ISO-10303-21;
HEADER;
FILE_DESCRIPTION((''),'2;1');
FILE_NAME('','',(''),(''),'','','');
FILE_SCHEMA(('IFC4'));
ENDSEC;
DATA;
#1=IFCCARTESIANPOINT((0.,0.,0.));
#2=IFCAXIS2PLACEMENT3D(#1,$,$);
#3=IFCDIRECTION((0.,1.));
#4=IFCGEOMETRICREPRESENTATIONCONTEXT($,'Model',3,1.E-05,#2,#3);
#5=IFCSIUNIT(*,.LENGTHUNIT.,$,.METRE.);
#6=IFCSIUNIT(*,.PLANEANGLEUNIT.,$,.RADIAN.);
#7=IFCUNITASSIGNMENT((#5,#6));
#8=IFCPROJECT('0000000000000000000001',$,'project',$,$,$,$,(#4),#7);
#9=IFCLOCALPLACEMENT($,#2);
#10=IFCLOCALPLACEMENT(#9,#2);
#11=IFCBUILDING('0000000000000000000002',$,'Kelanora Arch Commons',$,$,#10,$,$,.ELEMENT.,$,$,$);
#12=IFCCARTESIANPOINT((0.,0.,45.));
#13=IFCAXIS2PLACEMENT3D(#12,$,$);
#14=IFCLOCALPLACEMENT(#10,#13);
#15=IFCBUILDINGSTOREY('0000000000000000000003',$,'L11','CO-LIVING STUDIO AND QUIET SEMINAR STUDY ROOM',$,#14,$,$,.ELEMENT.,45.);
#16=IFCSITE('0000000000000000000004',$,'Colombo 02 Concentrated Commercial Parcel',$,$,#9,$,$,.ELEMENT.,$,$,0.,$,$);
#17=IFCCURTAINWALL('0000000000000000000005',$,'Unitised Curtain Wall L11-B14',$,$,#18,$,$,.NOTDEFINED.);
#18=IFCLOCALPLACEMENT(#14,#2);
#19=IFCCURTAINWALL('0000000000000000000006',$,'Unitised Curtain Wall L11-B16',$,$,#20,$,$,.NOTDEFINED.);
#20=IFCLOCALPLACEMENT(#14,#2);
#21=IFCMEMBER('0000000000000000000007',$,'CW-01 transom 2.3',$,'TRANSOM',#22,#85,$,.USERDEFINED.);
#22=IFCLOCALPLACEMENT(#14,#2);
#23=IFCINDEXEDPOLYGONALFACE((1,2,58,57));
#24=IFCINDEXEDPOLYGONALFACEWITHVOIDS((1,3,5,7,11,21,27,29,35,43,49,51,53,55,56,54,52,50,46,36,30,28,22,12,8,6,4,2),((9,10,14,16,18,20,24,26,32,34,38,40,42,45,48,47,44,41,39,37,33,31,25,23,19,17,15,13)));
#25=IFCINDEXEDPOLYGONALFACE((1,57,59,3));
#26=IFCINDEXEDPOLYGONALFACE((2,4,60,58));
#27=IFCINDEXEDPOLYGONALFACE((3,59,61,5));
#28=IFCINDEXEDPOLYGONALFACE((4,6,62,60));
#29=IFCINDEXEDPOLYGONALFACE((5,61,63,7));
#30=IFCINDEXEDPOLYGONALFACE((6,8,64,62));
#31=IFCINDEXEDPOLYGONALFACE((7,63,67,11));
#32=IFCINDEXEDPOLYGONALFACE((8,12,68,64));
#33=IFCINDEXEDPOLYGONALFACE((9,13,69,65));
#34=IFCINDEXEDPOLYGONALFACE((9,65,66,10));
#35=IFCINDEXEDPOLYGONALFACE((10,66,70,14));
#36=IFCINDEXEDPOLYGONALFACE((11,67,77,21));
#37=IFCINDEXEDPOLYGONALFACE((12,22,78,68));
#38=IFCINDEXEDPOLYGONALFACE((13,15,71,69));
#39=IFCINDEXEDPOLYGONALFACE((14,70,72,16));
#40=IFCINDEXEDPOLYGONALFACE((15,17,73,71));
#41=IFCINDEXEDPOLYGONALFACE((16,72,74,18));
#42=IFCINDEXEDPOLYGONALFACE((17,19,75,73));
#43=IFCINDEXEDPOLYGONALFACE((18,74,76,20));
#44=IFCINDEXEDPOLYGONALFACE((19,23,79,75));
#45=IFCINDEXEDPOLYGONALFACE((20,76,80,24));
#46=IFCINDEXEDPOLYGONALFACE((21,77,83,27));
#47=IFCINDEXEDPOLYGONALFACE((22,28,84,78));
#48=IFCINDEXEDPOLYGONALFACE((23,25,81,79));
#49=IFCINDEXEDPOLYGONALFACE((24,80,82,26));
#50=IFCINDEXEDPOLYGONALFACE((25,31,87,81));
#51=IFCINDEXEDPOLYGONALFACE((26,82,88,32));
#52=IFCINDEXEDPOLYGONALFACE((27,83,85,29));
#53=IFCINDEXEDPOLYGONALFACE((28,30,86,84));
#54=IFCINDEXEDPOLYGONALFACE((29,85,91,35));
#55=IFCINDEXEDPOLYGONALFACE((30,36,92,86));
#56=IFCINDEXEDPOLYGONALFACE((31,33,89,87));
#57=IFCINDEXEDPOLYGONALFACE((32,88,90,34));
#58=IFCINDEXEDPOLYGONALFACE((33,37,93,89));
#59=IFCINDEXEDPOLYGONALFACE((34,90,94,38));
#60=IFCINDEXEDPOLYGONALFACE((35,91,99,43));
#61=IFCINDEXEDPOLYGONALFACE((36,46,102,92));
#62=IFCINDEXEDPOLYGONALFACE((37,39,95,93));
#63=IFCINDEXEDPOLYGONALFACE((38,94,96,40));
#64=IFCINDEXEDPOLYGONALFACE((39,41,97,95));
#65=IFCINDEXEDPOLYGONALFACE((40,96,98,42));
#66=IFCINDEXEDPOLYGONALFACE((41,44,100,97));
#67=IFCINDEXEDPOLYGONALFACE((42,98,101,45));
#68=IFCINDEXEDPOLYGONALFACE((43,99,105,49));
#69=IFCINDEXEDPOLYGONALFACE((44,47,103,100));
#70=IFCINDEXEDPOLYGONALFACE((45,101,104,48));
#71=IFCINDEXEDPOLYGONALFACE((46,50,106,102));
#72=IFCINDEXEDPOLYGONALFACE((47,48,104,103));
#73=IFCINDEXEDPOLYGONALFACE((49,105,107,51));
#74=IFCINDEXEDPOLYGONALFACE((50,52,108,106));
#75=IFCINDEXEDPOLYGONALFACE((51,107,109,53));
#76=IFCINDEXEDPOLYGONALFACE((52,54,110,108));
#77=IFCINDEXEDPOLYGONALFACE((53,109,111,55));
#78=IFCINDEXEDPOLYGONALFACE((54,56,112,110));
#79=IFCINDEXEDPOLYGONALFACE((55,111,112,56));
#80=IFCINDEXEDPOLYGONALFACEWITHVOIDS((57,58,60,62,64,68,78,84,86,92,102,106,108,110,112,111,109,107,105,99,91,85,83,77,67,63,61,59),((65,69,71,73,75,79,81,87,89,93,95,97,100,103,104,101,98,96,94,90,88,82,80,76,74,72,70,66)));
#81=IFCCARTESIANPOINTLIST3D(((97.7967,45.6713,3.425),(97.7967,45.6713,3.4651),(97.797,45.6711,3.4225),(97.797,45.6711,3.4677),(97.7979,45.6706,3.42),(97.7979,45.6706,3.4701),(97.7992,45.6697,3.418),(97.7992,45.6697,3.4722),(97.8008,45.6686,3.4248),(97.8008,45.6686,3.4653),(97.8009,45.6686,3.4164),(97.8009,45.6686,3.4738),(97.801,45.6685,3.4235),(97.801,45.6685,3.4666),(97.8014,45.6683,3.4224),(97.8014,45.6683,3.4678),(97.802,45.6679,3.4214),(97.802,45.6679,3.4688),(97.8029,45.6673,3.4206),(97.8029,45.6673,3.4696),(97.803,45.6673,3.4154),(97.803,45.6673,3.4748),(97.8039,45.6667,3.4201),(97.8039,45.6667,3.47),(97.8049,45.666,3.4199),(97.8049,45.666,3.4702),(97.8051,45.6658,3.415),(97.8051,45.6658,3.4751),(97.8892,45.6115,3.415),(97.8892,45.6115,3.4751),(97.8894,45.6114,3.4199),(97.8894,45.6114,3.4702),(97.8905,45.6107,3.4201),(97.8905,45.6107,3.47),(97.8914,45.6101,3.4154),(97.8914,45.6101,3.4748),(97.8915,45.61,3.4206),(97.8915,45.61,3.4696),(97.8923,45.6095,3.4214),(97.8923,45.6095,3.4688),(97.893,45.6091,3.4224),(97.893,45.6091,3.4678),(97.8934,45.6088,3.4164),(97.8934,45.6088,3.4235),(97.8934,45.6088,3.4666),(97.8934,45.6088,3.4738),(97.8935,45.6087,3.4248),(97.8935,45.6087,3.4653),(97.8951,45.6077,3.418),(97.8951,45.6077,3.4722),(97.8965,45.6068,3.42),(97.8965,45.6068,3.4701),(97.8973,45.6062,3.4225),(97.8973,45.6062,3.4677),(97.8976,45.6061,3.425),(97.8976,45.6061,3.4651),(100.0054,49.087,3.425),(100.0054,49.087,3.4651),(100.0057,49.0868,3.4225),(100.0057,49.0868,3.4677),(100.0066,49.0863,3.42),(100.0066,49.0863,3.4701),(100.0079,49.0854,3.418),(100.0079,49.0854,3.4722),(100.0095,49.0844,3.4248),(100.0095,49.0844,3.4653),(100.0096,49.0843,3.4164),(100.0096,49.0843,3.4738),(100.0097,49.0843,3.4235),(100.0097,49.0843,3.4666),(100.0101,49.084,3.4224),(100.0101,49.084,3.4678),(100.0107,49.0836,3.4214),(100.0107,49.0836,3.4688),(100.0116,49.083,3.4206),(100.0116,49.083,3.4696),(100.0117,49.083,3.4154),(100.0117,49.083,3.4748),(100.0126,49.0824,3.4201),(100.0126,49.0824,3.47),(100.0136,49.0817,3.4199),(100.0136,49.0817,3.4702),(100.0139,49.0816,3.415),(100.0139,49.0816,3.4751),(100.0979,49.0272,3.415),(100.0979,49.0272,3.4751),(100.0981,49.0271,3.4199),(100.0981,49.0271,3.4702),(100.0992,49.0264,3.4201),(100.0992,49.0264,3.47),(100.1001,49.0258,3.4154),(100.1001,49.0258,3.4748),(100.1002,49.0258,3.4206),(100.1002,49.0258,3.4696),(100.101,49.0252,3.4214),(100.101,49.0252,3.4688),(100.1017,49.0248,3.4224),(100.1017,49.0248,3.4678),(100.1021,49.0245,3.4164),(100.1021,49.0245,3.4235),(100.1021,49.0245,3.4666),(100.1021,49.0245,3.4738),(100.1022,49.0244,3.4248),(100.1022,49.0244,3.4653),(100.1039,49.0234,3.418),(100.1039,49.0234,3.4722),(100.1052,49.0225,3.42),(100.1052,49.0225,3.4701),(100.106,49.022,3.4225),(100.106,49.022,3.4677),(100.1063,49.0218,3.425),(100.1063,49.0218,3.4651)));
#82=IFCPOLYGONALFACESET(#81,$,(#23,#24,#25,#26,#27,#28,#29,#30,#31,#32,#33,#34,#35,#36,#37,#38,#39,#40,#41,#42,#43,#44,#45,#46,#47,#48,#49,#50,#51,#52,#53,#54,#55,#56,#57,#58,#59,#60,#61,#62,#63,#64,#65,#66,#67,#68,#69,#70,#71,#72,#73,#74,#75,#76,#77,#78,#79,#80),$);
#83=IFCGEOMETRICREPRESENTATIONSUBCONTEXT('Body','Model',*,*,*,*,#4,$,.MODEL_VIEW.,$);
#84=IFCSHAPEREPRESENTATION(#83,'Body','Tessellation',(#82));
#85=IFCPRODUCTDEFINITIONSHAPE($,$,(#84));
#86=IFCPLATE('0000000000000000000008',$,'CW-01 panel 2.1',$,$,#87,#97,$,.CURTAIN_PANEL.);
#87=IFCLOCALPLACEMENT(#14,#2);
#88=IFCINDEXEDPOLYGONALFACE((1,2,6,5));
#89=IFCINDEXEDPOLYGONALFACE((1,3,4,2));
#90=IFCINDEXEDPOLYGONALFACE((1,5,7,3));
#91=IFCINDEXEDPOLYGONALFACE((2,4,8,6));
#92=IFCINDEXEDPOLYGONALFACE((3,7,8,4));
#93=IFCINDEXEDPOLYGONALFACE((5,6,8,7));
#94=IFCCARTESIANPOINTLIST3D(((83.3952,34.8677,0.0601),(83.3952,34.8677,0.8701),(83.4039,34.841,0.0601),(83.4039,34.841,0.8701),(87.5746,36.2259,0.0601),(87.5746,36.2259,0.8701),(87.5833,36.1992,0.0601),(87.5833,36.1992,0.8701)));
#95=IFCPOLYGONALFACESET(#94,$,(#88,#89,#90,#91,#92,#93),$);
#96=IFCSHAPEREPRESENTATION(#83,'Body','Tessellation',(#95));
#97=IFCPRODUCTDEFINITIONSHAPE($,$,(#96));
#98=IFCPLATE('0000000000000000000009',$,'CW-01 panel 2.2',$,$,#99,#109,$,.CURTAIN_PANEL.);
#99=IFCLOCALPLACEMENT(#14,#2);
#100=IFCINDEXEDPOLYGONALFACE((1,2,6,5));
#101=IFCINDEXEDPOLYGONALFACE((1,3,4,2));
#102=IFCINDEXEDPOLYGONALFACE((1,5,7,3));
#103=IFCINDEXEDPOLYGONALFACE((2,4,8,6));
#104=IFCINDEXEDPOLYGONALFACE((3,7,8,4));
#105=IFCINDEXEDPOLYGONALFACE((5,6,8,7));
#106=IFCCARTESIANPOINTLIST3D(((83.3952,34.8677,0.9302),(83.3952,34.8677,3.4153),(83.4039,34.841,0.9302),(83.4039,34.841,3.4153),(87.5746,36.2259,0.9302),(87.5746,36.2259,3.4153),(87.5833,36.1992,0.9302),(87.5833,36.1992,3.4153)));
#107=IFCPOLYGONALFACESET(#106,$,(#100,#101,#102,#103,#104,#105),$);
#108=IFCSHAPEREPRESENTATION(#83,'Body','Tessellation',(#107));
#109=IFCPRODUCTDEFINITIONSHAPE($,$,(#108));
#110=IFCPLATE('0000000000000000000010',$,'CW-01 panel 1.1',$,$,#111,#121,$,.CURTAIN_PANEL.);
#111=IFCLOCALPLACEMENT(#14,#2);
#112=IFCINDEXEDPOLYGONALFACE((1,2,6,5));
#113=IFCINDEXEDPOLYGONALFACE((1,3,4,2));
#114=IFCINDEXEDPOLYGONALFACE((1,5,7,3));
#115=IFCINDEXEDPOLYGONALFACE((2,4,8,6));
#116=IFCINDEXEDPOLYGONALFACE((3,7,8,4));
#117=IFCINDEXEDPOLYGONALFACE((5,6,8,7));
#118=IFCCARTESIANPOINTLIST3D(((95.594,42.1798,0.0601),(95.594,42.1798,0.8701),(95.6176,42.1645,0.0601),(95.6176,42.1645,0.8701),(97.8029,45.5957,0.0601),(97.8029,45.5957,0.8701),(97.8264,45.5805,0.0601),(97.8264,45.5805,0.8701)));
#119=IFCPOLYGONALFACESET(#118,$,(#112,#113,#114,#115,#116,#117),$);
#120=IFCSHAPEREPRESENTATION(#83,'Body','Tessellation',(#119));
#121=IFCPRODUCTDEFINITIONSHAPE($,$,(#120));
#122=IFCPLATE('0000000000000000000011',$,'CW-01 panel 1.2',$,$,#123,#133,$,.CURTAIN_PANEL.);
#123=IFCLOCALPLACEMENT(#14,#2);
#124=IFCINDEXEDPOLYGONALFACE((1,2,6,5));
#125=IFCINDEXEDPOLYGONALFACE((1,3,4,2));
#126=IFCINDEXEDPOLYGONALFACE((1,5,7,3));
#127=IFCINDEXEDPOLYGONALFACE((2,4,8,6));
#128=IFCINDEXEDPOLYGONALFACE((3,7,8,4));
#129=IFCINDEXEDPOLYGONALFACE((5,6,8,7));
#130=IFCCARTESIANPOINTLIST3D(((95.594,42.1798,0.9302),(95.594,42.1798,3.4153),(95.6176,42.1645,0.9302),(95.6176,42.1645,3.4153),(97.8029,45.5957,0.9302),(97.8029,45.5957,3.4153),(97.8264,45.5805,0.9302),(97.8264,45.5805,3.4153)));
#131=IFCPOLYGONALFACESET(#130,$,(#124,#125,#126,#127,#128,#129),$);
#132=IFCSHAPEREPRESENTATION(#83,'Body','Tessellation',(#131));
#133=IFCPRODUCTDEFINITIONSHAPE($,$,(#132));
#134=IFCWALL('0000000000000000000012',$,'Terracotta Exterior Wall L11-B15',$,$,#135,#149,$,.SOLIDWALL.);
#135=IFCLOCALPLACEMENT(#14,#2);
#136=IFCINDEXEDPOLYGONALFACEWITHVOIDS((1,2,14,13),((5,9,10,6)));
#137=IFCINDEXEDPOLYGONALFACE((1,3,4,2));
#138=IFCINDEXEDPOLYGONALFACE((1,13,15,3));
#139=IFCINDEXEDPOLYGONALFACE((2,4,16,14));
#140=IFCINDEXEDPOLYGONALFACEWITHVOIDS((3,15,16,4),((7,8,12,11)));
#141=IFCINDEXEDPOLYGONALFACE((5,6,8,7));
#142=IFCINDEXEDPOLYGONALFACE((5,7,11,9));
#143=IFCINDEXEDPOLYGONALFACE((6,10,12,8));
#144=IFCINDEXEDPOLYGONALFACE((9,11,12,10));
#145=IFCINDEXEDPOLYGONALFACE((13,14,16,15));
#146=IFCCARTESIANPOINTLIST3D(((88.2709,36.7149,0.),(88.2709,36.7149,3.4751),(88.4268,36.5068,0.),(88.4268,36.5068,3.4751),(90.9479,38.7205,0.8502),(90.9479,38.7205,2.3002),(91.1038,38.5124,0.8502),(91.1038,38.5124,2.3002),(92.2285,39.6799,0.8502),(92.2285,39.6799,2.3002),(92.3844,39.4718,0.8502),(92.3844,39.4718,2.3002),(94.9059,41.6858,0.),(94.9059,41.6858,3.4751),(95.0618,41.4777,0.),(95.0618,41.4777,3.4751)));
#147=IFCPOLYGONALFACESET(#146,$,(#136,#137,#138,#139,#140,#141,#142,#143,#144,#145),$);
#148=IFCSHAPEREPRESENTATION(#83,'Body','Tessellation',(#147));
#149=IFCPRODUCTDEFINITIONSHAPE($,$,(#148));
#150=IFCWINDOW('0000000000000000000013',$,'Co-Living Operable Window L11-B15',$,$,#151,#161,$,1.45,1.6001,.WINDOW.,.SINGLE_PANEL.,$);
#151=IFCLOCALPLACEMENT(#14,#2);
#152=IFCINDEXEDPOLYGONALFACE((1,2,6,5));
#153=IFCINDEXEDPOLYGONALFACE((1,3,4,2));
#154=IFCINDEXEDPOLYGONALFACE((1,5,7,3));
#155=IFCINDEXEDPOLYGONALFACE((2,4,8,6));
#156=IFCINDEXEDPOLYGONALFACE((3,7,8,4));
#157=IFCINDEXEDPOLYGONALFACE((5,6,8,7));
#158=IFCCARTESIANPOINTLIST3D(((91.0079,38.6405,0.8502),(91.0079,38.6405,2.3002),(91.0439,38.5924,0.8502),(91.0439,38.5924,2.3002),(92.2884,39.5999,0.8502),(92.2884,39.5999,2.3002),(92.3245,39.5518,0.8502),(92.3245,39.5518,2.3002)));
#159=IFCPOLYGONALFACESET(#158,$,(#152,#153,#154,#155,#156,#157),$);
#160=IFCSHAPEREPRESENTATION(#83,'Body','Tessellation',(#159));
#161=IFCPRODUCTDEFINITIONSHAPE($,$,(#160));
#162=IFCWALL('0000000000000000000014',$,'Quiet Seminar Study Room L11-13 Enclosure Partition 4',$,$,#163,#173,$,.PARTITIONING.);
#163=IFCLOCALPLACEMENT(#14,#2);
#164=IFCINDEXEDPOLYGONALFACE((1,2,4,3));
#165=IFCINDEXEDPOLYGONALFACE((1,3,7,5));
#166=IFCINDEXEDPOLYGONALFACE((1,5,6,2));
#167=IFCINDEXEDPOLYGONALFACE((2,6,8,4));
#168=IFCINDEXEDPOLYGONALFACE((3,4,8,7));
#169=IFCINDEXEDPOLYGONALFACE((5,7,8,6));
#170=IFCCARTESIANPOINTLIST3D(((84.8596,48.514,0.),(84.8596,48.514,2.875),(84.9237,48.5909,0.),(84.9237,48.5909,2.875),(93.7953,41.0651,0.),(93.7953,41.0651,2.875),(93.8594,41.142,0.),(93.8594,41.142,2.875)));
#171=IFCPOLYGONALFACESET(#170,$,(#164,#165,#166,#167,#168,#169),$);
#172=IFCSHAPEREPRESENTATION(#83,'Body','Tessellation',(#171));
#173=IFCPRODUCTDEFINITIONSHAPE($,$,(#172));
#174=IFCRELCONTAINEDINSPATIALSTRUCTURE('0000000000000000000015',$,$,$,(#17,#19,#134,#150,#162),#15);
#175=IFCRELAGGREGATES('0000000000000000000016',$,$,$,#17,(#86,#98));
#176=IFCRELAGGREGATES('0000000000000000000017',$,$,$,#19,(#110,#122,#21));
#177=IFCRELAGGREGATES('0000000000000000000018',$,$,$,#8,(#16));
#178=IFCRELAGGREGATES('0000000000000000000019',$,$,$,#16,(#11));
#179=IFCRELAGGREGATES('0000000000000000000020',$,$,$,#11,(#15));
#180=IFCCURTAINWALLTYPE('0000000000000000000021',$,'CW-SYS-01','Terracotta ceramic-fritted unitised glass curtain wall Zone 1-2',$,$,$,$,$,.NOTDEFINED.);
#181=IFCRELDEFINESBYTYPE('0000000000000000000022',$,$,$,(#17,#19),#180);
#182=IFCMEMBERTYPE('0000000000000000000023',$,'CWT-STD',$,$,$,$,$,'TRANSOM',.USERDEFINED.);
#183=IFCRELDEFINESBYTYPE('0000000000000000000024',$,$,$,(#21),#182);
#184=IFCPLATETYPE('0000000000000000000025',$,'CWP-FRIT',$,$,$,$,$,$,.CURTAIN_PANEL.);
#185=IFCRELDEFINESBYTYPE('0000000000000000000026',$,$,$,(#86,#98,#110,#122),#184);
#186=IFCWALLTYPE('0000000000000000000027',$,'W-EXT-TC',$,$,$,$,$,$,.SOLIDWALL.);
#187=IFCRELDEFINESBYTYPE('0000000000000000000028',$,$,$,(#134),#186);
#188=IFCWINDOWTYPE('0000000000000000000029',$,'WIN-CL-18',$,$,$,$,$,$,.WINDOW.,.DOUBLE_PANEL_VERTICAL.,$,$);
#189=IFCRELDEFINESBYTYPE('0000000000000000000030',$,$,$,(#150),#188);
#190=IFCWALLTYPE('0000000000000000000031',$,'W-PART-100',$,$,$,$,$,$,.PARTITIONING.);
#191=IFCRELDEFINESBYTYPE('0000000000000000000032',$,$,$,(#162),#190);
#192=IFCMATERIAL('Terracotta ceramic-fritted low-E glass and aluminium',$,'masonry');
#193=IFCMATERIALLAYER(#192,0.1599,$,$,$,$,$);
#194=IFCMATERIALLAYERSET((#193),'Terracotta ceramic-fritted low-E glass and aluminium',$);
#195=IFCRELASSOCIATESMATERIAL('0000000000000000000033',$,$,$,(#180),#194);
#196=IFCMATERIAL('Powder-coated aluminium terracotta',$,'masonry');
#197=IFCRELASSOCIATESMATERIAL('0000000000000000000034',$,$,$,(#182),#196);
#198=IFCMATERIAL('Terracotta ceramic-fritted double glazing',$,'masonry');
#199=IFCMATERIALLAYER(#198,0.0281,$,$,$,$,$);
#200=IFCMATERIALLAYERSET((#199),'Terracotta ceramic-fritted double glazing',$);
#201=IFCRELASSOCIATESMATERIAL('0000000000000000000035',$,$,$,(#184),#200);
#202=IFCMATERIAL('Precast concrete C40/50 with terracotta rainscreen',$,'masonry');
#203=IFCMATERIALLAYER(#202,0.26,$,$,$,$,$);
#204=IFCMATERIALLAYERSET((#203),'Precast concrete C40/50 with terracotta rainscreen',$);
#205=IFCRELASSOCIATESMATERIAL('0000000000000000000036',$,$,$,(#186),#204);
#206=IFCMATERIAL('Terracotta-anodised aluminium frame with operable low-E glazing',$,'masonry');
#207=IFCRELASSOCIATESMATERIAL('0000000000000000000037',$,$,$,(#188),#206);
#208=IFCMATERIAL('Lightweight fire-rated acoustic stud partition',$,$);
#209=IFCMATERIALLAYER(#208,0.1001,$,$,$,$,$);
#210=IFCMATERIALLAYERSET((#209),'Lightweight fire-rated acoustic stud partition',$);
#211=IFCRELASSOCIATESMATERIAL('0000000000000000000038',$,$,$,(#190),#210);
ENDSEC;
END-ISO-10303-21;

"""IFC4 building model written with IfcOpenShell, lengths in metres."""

from ifc_helpers import new_model, si_unit, direction, frame, frame_2d, origin, origin_2d, place, context, subcontext, project, spatial, rectangle, hollow_rectangle, extrude, source, transform, mapped, material, layer, layer_set, material_profile, profile_set, type_object, element, fill, aggregate, save


model = new_model("IFC4")

# Units and contexts
model_context = context("Model", 3, precision=1e-05, world=origin(), true_north=direction((0.0, 1.0)))
body_context = subcontext(model_context, "Body", "Model", "MODEL_VIEW")
ifc_project = project(units=[si_unit("LENGTHUNIT", "METRE"), si_unit("PLANEANGLEUNIT", "RADIAN")], contexts=[model_context])

# Site, building, storey
site_placement = place(None, origin())
site = spatial("IfcSite", under=ifc_project, at=site_placement, Name="Colombo 02 Concentrated Commercial Parcel", CompositionType="ELEMENT", RefElevation=0.0)
building_placement = place(site_placement, origin())
building = spatial("IfcBuilding", under=site, at=building_placement, Name="Kelanora Arch Commons", CompositionType="ELEMENT")
storey_placement = place(building_placement, frame((0.0, 0.0, 45.0)))
storey = spatial("IfcBuildingStorey", under=building, at=storey_placement, Name="L11", Description="CO-LIVING STUDIO AND QUIET SEMINAR STUDY ROOM", CompositionType="ELEMENT", Elevation=45.0)

# Curtain wall
ifc_material_1 = material(Name="Terracotta ceramic-fritted low-E glass and aluminium", Category="masonry")
ifc_layer_1 = layer(ifc_material_1, 0.1599)
ifc_layer_set_1 = layer_set([ifc_layer_1], Name="Terracotta ceramic-fritted low-E glass and aluminium")
curtain_wall_type = type_object("IfcCurtainWallType", Name="CW-SYS-01", Description="Terracotta ceramic-fritted unitised glass curtain wall Zone 1-2", PredefinedType="NOTDEFINED", material=ifc_layer_set_1)
curtain_wall_1_placement = place(storey_placement, origin())
curtain_wall_1 = element("IfcCurtainWall", 1, at=curtain_wall_1_placement, inside=storey, type_object=curtain_wall_type, Name="Unitised Curtain Wall L11-B14", PredefinedType="NOTDEFINED")
ifc_material_2 = material(Name="Powder-coated aluminium terracotta", Category="masonry")

# Curtain wall, member
curtain_wall_2_placement = place(storey_placement, origin())
curtain_wall_2 = element("IfcCurtainWall", 2, at=curtain_wall_2_placement, inside=storey, type_object=curtain_wall_type, Name="Unitised Curtain Wall L11-B16", PredefinedType="NOTDEFINED")
ifc_material_profile_1 = material_profile(ifc_material_2, hollow_rectangle(XDim=0.1201, YDim=0.0601, WallThickness=0.0049, InnerFilletRadius=0.0049, OuterFilletRadius=0.01, at=origin_2d()), Name="CWT120x60")
ifc_profile_set_1 = profile_set([ifc_material_profile_1], Name="Powder-coated aluminium terracotta")
member_type_1 = type_object("IfcMemberType", Name="CWT-STD", ElementType="TRANSOM", PredefinedType="USERDEFINED", material=ifc_profile_set_1)
member_1_placement = place(storey_placement, frame((97.8472, 45.6387, 3.4451), z_axis=(0.542997, 0.839734, 0.0), x_axis=(-0.839734, 0.542997, 0.0)))
member_1 = element("IfcMember", 3, at=member_1_placement, type_object=member_type_1, Name="CW-01 transom 2.3", ObjectType="TRANSOM", PredefinedType="USERDEFINED", context=body_context, shape_type="SweptSolid", body=[
    extrude(hollow_rectangle(XDim=0.1201, YDim=0.0601, WallThickness=0.0049, InnerFilletRadius=0.0049, OuterFilletRadius=0.01, at=origin_2d()), origin(), (0.0, 0.0, 1.0), 4.0676),
])

# Plates
ifc_material_3 = material(Name="Terracotta ceramic-fritted double glazing", Category="masonry")
ifc_layer_2 = layer(ifc_material_3, 0.0281)
ifc_layer_set_2 = layer_set([ifc_layer_2], Name="Terracotta ceramic-fritted double glazing")
plate_type = type_object("IfcPlateType", Name="CWP-FRIT", PredefinedType="CURTAIN_PANEL", material=ifc_layer_set_2)
shared_shape_1 = source(origin(), body_context, "Body", "SweptSolid", [
    extrude(rectangle(XDim=4.3945, YDim=0.0281, at=origin_2d()), origin(), (0.0, 0.0, 1.0), 0.8101),
])
plate_1_placement = place(storey_placement, frame((85.4893, 35.5334, 0.0601), z_axis=(0.0, 0.0, 1.0), x_axis=(0.951043, 0.309058, 0.0)))
plate_1 = element("IfcPlate", 4, at=plate_1_placement, type_object=plate_type, Name="CW-01 panel 2.1", PredefinedType="CURTAIN_PANEL", context=body_context, shape_type="MappedRepresentation", body=[
    mapped(shared_shape_1, transform((0.0, 0.0, 0.0), scale=1.0)),
])
shared_shape_2 = source(origin(), body_context, "Body", "SweptSolid", [
    extrude(rectangle(XDim=4.3945, YDim=0.0281, at=origin_2d()), origin(), (0.0, 0.0, 1.0), 2.4851),
])
plate_2_placement = place(storey_placement, frame((85.4893, 35.5334, 0.9302), z_axis=(0.0, 0.0, 1.0), x_axis=(0.951043, 0.309058, 0.0)))
plate_2 = element("IfcPlate", 5, at=plate_2_placement, type_object=plate_type, Name="CW-01 panel 2.2", PredefinedType="CURTAIN_PANEL", context=body_context, shape_type="MappedRepresentation", body=[
    mapped(shared_shape_2, transform((0.0, 0.0, 0.0), scale=1.0)),
])
aggregate(curtain_wall_1, [plate_1, plate_2])
shared_shape_3 = source(origin(), body_context, "Body", "SweptSolid", [
    extrude(rectangle(XDim=4.0679, YDim=0.0281, at=origin_2d()), origin(), (0.0, 0.0, 1.0), 0.8101),
])
plate_3_placement = place(storey_placement, frame((96.7102, 43.8801, 0.0601), z_axis=(0.0, 0.0, 1.0), x_axis=(0.543004, 0.83973, 0.0)))
plate_3 = element("IfcPlate", 6, at=plate_3_placement, type_object=plate_type, Name="CW-01 panel 1.1", PredefinedType="CURTAIN_PANEL", context=body_context, shape_type="MappedRepresentation", body=[
    mapped(shared_shape_3, transform((0.0, 0.0, 0.0), scale=1.0)),
])
shared_shape_4 = source(origin(), body_context, "Body", "SweptSolid", [
    extrude(rectangle(XDim=4.0679, YDim=0.0281, at=origin_2d()), origin(), (0.0, 0.0, 1.0), 2.4851),
])
plate_4_placement = place(storey_placement, frame((96.7102, 43.8801, 0.9302), z_axis=(0.0, 0.0, 1.0), x_axis=(0.543004, 0.83973, 0.0)))
plate_4 = element("IfcPlate", 7, at=plate_4_placement, type_object=plate_type, Name="CW-01 panel 1.2", PredefinedType="CURTAIN_PANEL", context=body_context, shape_type="MappedRepresentation", body=[
    mapped(shared_shape_4, transform((0.0, 0.0, 0.0), scale=1.0)),
])
aggregate(curtain_wall_2, [plate_3, plate_4, member_1])

# Wall, opening, window
ifc_material_4 = material(Name="Precast concrete C40/50 with terracotta rainscreen", Category="masonry")
ifc_layer_3 = layer(ifc_material_4, 0.26)
ifc_layer_set_3 = layer_set([ifc_layer_3], Name="Precast concrete C40/50 with terracotta rainscreen")
wall_type_1 = type_object("IfcWallType", Name="W-EXT-TC", PredefinedType="SOLIDWALL", material=ifc_layer_set_3)
wall_1_placement = place(storey_placement, frame((88.3489, 36.6108, 0.0), z_axis=(0.0, 0.0, 1.0), x_axis=(0.800307, 0.59959, 0.0)))
wall_1 = element("IfcWall", 8, at=wall_1_placement, inside=storey, type_object=wall_type_1, Name="Terracotta Exterior Wall L11-B15", PredefinedType="SOLIDWALL", context=body_context, shape_type="SweptSolid", body=[
    extrude(rectangle(XDim=8.2905, YDim=0.26, at=frame_2d((4.1453, 0.0))), origin(), (0.0, 0.0, 1.0), 3.4751),
])
opening_placement = place(wall_1_placement, frame((3.345, 0.0, 0.8501)))
opening = element("IfcOpeningElement", 9, at=opening_placement, cuts=wall_1, PredefinedType="OPENING", context=body_context, shape_type="SweptSolid", body=[
    extrude(rectangle(XDim=1.6001, YDim=1.45, at=frame_2d((0.8, 0.7251))), frame((0.0, 0.1401, 0.0), z_axis=(0.0, -1.0, 0.0), x_axis=(1.0, 0.0, 0.0)), (0.0, 0.0, 1.0), 0.28),
])
ifc_material_5 = material(Name="Terracotta-anodised aluminium frame with operable low-E glazing", Category="masonry")
window_type = type_object("IfcWindowType", Name="WIN-CL-18", PartitioningType="DOUBLE_PANEL_VERTICAL", PredefinedType="WINDOW", material=ifc_material_5)
window_placement = place(opening_placement, origin())
window = element("IfcWindow", 10, at=window_placement, inside=storey, type_object=window_type, Name="Co-Living Operable Window L11-B15", OverallHeight=1.45, OverallWidth=1.6001, PartitioningType="SINGLE_PANEL", PredefinedType="WINDOW", context=body_context, shape_type="SweptSolid", body=[
    extrude(rectangle(XDim=1.6001, YDim=1.45, at=frame_2d((0.8, 0.7251))), frame((0.0, 0.03, 0.0), z_axis=(0.0, -1.0, 0.0), x_axis=(1.0, 0.0, 0.0)), (0.0, 0.0, 1.0), 0.0601),
])
fill(opening, window)

# Wall
ifc_material_6 = material(Name="Lightweight fire-rated acoustic stud partition")
ifc_layer_4 = layer(ifc_material_6, 0.1001)
ifc_layer_set_4 = layer_set([ifc_layer_4], Name="Lightweight fire-rated acoustic stud partition")
wall_type_2 = type_object("IfcWallType", Name="W-PART-100", PredefinedType="PARTITIONING", material=ifc_layer_set_4)
wall_2_placement = place(storey_placement, frame((93.8274, 41.1035, 0.0), z_axis=(0.0, 0.0, 1.0), x_axis=(-0.768116, 0.64031, 0.0)))
element("IfcWall", 11, at=wall_2_placement, inside=storey, type_object=wall_type_2, Name="Quiet Seminar Study Room L11-13 Enclosure Partition 4", PredefinedType="PARTITIONING", context=body_context, shape_type="SweptSolid", body=[
    extrude(rectangle(XDim=11.6333, YDim=0.1001, at=frame_2d((5.8167, 0.0))), origin(), (0.0, 0.0, 1.0), 2.875),
])

save(model, "model.ifc")
